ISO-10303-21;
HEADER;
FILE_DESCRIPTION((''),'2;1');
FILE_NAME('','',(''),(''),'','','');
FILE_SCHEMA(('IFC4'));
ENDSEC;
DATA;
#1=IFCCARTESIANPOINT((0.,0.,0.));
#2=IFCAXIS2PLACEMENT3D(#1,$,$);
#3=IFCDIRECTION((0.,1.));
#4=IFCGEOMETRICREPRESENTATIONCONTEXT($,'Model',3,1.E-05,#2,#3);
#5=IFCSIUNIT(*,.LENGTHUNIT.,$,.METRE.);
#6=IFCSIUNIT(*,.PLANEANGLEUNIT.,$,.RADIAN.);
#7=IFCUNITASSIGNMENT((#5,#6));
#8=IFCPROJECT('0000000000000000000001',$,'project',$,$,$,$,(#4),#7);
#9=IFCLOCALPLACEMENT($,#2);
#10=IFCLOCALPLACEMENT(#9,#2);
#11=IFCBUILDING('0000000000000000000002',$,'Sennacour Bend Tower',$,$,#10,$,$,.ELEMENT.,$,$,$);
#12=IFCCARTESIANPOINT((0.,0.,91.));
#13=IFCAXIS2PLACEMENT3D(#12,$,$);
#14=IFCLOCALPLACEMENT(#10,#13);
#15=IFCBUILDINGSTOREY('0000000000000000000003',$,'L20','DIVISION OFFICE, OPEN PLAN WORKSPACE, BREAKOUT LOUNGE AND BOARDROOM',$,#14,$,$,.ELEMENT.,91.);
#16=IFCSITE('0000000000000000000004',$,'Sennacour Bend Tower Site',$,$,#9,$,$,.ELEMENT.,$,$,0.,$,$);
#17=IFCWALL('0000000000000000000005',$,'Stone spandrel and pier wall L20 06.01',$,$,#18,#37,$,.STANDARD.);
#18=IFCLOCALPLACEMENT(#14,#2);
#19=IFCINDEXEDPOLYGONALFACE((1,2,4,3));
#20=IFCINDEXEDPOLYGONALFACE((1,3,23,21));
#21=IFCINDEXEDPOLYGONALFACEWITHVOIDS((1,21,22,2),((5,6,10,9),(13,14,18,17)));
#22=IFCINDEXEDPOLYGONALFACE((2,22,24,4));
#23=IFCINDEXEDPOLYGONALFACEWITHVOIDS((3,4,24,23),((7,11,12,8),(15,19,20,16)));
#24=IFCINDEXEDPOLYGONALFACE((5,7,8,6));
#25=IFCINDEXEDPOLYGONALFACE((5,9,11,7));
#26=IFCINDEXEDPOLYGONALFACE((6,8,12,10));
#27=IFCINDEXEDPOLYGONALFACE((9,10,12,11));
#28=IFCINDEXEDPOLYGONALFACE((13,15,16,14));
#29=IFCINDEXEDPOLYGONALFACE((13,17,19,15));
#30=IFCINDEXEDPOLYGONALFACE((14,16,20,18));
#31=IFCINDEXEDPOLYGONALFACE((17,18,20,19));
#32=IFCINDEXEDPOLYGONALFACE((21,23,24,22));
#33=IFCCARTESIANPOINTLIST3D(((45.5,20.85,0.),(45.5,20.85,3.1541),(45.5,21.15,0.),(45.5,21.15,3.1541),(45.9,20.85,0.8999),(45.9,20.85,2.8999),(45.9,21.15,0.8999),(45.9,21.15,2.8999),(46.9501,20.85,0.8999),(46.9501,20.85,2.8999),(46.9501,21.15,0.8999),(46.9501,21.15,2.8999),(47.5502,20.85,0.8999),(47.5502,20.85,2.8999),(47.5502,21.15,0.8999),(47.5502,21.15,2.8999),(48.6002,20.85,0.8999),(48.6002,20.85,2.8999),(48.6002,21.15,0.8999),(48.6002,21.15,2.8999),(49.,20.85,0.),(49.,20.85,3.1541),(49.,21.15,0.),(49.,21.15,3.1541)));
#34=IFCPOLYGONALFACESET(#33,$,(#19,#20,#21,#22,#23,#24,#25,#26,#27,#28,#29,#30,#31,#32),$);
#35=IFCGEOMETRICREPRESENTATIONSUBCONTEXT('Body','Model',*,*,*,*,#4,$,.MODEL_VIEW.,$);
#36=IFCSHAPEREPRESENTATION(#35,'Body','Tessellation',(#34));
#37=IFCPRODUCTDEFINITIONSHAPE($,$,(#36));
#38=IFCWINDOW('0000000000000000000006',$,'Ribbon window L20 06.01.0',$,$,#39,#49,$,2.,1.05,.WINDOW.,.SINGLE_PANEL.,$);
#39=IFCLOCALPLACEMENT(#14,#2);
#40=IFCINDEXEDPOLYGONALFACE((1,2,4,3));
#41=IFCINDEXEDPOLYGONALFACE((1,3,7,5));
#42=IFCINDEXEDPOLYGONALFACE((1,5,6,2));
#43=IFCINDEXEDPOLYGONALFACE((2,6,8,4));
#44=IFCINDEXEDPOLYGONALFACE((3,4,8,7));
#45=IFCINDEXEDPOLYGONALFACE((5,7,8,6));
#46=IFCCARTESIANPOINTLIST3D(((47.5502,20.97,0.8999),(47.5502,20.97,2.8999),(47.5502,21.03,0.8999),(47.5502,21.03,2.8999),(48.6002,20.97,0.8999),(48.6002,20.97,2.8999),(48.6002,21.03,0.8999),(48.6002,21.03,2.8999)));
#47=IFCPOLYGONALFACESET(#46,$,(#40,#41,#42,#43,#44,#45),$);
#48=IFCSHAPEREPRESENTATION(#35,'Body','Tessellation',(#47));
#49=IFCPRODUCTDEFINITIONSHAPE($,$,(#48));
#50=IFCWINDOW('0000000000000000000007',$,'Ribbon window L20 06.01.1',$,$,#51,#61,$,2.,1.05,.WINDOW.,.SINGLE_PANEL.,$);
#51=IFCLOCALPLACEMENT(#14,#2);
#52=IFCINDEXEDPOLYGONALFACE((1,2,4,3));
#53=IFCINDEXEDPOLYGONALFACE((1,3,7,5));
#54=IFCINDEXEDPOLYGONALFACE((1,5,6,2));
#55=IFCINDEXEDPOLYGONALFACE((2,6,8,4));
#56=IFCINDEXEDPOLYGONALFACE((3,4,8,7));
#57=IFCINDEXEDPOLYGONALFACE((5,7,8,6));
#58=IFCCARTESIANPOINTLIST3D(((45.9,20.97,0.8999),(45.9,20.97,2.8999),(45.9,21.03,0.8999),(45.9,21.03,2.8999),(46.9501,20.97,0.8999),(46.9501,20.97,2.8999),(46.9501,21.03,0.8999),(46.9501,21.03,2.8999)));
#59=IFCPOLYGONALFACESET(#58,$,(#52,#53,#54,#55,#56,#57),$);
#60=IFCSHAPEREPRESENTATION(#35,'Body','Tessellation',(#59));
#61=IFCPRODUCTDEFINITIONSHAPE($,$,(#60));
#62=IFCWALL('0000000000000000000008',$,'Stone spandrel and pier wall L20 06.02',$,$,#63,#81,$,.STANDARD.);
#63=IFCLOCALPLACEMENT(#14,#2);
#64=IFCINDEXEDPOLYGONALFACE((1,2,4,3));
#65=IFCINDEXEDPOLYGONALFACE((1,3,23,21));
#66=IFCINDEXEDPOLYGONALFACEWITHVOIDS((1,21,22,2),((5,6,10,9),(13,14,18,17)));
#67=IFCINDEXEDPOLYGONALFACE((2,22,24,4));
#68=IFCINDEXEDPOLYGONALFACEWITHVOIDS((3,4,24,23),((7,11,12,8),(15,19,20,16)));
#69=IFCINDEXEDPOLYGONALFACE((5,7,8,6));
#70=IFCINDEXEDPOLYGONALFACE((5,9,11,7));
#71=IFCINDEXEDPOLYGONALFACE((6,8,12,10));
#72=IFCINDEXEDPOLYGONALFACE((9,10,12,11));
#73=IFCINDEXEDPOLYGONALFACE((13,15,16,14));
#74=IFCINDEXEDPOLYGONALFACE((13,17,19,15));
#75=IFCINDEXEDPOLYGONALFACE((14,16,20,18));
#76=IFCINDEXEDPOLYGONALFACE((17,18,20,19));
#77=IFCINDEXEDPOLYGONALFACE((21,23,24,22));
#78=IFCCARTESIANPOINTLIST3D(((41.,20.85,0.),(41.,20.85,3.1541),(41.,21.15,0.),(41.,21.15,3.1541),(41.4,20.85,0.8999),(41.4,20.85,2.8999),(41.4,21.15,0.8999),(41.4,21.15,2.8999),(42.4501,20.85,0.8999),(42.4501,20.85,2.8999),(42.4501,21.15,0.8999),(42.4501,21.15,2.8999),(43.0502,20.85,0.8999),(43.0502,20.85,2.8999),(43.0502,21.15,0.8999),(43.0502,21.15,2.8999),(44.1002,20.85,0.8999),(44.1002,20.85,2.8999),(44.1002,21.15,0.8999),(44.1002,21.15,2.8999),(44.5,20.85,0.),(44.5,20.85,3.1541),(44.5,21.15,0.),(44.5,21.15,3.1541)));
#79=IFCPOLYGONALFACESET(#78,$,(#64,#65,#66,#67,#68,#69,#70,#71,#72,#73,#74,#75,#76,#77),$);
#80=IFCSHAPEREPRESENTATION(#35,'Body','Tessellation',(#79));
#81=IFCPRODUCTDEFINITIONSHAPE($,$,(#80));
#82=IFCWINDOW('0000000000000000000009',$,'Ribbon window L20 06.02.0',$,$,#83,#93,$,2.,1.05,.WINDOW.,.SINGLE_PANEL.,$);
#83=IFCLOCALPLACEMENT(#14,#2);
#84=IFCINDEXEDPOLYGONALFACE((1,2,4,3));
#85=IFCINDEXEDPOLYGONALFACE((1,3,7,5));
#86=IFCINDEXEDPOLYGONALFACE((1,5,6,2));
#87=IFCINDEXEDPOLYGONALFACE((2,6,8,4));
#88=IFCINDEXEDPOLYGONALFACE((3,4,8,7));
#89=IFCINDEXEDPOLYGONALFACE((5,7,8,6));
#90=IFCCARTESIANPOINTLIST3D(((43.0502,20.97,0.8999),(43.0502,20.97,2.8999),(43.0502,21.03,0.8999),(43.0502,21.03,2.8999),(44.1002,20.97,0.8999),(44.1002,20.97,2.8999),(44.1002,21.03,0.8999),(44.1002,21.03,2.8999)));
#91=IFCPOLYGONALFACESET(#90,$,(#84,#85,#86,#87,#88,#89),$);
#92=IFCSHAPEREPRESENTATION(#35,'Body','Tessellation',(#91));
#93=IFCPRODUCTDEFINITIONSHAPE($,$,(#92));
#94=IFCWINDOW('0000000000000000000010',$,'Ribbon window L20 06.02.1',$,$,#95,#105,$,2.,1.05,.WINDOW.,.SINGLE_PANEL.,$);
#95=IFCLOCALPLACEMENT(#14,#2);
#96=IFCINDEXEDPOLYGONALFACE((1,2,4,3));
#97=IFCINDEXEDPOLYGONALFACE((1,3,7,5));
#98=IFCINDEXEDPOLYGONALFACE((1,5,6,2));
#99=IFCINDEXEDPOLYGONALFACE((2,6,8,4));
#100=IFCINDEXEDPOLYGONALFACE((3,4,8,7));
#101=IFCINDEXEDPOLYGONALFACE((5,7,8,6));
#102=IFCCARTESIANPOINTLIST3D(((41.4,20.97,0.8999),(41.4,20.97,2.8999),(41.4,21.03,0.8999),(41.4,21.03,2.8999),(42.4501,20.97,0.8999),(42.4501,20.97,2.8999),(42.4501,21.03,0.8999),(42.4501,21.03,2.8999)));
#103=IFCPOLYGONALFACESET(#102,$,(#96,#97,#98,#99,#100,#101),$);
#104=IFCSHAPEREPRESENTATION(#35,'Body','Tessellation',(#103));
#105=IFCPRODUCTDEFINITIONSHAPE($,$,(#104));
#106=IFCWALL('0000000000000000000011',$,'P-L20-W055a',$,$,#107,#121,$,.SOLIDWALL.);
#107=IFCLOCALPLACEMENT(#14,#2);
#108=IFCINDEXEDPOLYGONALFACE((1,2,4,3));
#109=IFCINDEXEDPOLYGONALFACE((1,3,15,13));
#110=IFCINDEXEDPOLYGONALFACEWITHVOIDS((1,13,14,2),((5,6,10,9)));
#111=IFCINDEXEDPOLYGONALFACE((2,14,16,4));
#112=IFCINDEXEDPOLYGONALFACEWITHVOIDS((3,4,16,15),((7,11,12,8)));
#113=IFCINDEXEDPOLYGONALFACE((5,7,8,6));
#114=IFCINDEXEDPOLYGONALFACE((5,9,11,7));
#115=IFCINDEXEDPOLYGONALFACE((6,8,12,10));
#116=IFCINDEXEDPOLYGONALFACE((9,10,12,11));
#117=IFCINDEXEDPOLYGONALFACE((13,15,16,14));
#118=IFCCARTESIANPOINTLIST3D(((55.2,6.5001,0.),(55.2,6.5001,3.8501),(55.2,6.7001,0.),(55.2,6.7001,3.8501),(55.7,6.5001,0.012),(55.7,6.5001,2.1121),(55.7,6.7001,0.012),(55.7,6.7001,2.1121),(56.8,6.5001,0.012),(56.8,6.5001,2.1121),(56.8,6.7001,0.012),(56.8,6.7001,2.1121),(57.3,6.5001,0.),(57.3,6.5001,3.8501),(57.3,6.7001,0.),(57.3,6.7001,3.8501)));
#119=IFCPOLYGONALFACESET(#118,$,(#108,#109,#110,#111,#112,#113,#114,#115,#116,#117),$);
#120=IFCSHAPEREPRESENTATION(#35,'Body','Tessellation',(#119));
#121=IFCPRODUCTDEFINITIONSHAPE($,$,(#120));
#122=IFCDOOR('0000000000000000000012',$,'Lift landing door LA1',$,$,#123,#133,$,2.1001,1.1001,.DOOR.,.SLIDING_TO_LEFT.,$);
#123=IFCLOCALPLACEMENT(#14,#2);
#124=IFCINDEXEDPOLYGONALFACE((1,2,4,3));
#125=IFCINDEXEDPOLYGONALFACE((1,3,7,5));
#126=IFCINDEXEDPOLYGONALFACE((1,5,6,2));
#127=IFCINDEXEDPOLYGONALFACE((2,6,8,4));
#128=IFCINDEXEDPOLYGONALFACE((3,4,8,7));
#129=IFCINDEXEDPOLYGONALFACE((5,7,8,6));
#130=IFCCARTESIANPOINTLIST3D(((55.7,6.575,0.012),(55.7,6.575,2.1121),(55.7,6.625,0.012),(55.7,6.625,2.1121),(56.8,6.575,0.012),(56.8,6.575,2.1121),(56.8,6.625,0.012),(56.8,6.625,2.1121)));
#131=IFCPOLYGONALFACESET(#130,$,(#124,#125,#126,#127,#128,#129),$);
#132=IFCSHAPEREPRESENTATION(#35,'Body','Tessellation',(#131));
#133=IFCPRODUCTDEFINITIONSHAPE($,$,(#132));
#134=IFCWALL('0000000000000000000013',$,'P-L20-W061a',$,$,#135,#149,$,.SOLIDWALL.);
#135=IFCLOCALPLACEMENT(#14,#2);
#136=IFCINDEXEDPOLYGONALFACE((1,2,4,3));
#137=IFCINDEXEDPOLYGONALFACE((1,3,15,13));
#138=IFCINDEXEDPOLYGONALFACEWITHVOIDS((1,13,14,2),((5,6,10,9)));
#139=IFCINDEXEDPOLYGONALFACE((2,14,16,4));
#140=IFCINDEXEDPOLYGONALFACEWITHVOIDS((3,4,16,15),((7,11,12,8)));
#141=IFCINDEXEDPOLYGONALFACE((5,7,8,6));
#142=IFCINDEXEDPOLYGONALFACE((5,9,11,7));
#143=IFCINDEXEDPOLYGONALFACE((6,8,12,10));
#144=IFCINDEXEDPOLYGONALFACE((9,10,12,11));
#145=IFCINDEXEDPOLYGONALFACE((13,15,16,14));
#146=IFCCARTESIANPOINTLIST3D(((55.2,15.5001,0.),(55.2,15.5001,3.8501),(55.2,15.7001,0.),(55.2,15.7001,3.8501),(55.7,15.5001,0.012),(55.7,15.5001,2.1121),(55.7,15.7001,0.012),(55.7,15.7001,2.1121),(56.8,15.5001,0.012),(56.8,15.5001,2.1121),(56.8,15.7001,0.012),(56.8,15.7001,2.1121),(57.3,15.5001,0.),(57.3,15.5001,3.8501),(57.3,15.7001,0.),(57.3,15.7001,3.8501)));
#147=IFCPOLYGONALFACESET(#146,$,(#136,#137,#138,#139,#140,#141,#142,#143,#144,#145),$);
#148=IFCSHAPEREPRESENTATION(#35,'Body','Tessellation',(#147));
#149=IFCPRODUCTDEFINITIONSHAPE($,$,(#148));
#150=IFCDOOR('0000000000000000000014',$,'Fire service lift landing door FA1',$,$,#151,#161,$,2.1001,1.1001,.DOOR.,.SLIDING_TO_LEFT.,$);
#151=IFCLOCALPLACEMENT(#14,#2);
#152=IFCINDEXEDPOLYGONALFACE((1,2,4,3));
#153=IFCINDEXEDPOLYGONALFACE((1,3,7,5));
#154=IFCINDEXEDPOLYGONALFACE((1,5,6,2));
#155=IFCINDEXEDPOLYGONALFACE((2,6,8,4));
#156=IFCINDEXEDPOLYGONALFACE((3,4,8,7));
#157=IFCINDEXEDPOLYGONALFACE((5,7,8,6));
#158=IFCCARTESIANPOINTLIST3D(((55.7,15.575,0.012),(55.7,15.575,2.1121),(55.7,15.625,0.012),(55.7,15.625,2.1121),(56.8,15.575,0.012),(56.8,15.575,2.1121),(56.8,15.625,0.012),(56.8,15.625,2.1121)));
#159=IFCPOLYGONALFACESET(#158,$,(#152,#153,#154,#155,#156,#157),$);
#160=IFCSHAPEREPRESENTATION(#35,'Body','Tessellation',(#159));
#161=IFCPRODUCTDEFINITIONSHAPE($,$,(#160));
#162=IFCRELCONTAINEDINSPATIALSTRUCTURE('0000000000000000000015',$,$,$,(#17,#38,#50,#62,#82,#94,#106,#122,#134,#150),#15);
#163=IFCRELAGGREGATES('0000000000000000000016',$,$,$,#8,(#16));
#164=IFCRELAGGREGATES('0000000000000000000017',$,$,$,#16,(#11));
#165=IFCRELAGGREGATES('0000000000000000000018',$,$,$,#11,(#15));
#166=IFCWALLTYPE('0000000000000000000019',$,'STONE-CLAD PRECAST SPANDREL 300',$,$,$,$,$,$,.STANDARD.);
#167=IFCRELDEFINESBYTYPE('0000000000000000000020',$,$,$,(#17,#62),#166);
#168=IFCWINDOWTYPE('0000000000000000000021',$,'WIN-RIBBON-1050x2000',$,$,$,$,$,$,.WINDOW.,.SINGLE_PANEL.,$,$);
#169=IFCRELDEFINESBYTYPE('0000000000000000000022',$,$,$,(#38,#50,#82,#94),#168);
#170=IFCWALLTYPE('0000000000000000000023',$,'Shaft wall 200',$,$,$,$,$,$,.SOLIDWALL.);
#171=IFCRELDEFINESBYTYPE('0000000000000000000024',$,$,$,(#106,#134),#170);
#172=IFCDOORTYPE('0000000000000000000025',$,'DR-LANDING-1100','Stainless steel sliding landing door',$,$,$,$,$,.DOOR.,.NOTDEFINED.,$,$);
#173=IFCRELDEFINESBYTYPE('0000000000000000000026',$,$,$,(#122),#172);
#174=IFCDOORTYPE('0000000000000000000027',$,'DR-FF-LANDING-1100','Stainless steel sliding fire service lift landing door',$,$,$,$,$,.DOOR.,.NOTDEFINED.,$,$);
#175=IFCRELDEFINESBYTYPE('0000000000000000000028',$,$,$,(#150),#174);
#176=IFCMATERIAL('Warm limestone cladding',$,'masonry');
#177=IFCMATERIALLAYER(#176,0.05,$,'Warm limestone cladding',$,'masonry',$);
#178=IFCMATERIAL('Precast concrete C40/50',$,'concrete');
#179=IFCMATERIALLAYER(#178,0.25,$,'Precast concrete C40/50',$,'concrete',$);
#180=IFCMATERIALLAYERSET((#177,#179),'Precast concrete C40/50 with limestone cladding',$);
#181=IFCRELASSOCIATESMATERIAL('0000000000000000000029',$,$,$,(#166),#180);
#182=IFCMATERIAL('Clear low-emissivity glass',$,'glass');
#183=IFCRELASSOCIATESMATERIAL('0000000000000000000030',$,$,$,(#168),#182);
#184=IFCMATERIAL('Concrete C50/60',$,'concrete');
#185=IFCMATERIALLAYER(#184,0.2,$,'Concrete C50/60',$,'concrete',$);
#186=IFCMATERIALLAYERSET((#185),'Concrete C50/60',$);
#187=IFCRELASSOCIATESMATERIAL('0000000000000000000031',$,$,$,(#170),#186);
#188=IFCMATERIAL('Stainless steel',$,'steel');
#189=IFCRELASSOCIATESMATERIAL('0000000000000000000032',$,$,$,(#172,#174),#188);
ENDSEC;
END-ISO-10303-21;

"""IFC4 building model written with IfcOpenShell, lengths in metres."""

from ifc_helpers import new_model, si_unit, direction, frame, frame_2d, origin, place, context, subcontext, project, spatial, rectangle, extrude, material, layer, layer_set, type_object, element, fill, save


model = new_model("IFC4")

# Units and contexts
model_context = context("Model", 3, precision=1e-05, world=origin(), true_north=direction((0.0, 1.0)))
body_context = subcontext(model_context, "Body", "Model", "MODEL_VIEW")
ifc_project = project(units=[si_unit("LENGTHUNIT", "METRE"), si_unit("PLANEANGLEUNIT", "RADIAN")], contexts=[model_context])

# Site, building, storey
site_placement = place(None, origin())
site = spatial("IfcSite", under=ifc_project, at=site_placement, Name="Sennacour Bend Tower Site", CompositionType="ELEMENT", RefElevation=0.0)
building_placement = place(site_placement, origin())
building = spatial("IfcBuilding", under=site, at=building_placement, Name="Sennacour Bend Tower", CompositionType="ELEMENT")
storey_placement = place(building_placement, frame((0.0, 0.0, 91.0)))
storey = spatial("IfcBuildingStorey", under=building, at=storey_placement, Name="L20", Description="DIVISION OFFICE, OPEN PLAN WORKSPACE, BREAKOUT LOUNGE AND BOARDROOM", CompositionType="ELEMENT", Elevation=91.0)

# Walls, openings, windows
ifc_material_1 = material(Name="Warm limestone cladding", Category="masonry")
ifc_layer_1 = layer(ifc_material_1, 0.05, Name="Warm limestone cladding", Category="masonry")
ifc_material_2 = material(Name="Precast concrete C40/50", Category="concrete")
ifc_layer_2 = layer(ifc_material_2, 0.25, Name="Precast concrete C40/50", Category="concrete")
ifc_layer_set_1 = layer_set([ifc_layer_1, ifc_layer_2], Name="Precast concrete C40/50 with limestone cladding")
wall_type_1 = type_object("IfcWallType", Name="STONE-CLAD PRECAST SPANDREL 300", PredefinedType="STANDARD", material=ifc_layer_set_1)
ifc_material_3 = material(Name="Clear low-emissivity glass", Category="glass")
window_type_1 = type_object("IfcWindowType", Name="WIN-RIBBON-1050x2000", PartitioningType="SINGLE_PANEL", PredefinedType="WINDOW", material=ifc_material_3)
wall_1_placement = place(storey_placement, frame((49.0, 21.0, 0.0), z_axis=(0.0, 0.0, 1.0), x_axis=(-1.0, 0.0, 0.0)))
wall_1 = element("IfcWall", 1, at=wall_1_placement, inside=storey, type_object=wall_type_1, Name="Stone spandrel and pier wall L20 06.01", PredefinedType="STANDARD", context=body_context, shape_type="SweptSolid", body=[
    extrude(rectangle(XDim=3.5, YDim=0.3, at=frame_2d((1.75, 0.0))), origin(), (0.0, 0.0, 1.0), 3.1541),
])
opening_1_placement = place(wall_1_placement, frame((0.3999, 0.0, 0.8999)))
opening_1 = element("IfcOpeningElement", 2, at=opening_1_placement, cuts=wall_1, PredefinedType="OPENING", context=body_context, shape_type="SweptSolid", body=[
    extrude(rectangle(XDim=1.05, YDim=2.0, at=frame_2d((0.5249, 1.0))), frame((0.0, 0.1602, 0.0), z_axis=(0.0, -1.0, 0.0), x_axis=(1.0, 0.0, 0.0)), (0.0, 0.0, 1.0), 0.3201),
])
opening_2_placement = place(wall_1_placement, frame((2.05, 0.0, 0.8999)))
opening_2 = element("IfcOpeningElement", 3, at=opening_2_placement, cuts=wall_1, PredefinedType="OPENING", context=body_context, shape_type="SweptSolid", body=[
    extrude(rectangle(XDim=1.05, YDim=2.0, at=frame_2d((0.5249, 1.0))), frame((0.0, 0.1602, 0.0), z_axis=(0.0, -1.0, 0.0), x_axis=(1.0, 0.0, 0.0)), (0.0, 0.0, 1.0), 0.3201),
])
window_1_placement = place(opening_1_placement, origin())
window_1 = element("IfcWindow", 4, at=window_1_placement, inside=storey, type_object=window_type_1, Name="Ribbon window L20 06.01.0", OverallHeight=2.0, OverallWidth=1.05, PartitioningType="SINGLE_PANEL", PredefinedType="WINDOW", context=body_context, shape_type="SweptSolid", body=[
    extrude(rectangle(XDim=1.05, YDim=2.0, at=frame_2d((0.5249, 1.0))), frame((0.0, 0.03, 0.0), z_axis=(0.0, -1.0, 0.0), x_axis=(1.0, 0.0, 0.0)), (0.0, 0.0, 1.0), 0.0601),
])
fill(opening_1, window_1)
window_2_placement = place(opening_2_placement, origin())
window_2 = element("IfcWindow", 5, at=window_2_placement, inside=storey, type_object=window_type_1, Name="Ribbon window L20 06.01.1", OverallHeight=2.0, OverallWidth=1.05, PartitioningType="SINGLE_PANEL", PredefinedType="WINDOW", context=body_context, shape_type="SweptSolid", body=[
    extrude(rectangle(XDim=1.05, YDim=2.0, at=frame_2d((0.5249, 1.0))), frame((0.0, 0.03, 0.0), z_axis=(0.0, -1.0, 0.0), x_axis=(1.0, 0.0, 0.0)), (0.0, 0.0, 1.0), 0.0601),
])
fill(opening_2, window_2)
wall_2_placement = place(storey_placement, frame((44.5, 21.0, 0.0), z_axis=(0.0, 0.0, 1.0), x_axis=(-1.0, 0.0, 0.0)))
wall_2 = element("IfcWall", 6, at=wall_2_placement, inside=storey, type_object=wall_type_1, Name="Stone spandrel and pier wall L20 06.02", PredefinedType="STANDARD", context=body_context, shape_type="SweptSolid", body=[
    extrude(rectangle(XDim=3.5, YDim=0.3, at=frame_2d((1.75, 0.0))), origin(), (0.0, 0.0, 1.0), 3.1541),
])
opening_3_placement = place(wall_2_placement, frame((0.3999, 0.0, 0.8999)))
opening_3 = element("IfcOpeningElement", 7, at=opening_3_placement, cuts=wall_2, PredefinedType="OPENING", context=body_context, shape_type="SweptSolid", body=[
    extrude(rectangle(XDim=1.05, YDim=2.0, at=frame_2d((0.5249, 1.0))), frame((0.0, 0.1602, 0.0), z_axis=(0.0, -1.0, 0.0), x_axis=(1.0, 0.0, 0.0)), (0.0, 0.0, 1.0), 0.3201),
])
opening_4_placement = place(wall_2_placement, frame((2.05, 0.0, 0.8999)))
opening_4 = element("IfcOpeningElement", 8, at=opening_4_placement, cuts=wall_2, PredefinedType="OPENING", context=body_context, shape_type="SweptSolid", body=[
    extrude(rectangle(XDim=1.05, YDim=2.0, at=frame_2d((0.5249, 1.0))), frame((0.0, 0.1602, 0.0), z_axis=(0.0, -1.0, 0.0), x_axis=(1.0, 0.0, 0.0)), (0.0, 0.0, 1.0), 0.3201),
])
window_3_placement = place(opening_3_placement, origin())
window_3 = element("IfcWindow", 9, at=window_3_placement, inside=storey, type_object=window_type_1, Name="Ribbon window L20 06.02.0", OverallHeight=2.0, OverallWidth=1.05, PartitioningType="SINGLE_PANEL", PredefinedType="WINDOW", context=body_context, shape_type="SweptSolid", body=[
    extrude(rectangle(XDim=1.05, YDim=2.0, at=frame_2d((0.5249, 1.0))), frame((0.0, 0.03, 0.0), z_axis=(0.0, -1.0, 0.0), x_axis=(1.0, 0.0, 0.0)), (0.0, 0.0, 1.0), 0.0601),
])
fill(opening_3, window_3)
window_4_placement = place(opening_4_placement, origin())
window_4 = element("IfcWindow", 10, at=window_4_placement, inside=storey, type_object=window_type_1, Name="Ribbon window L20 06.02.1", OverallHeight=2.0, OverallWidth=1.05, PartitioningType="SINGLE_PANEL", PredefinedType="WINDOW", context=body_context, shape_type="SweptSolid", body=[
    extrude(rectangle(XDim=1.05, YDim=2.0, at=frame_2d((0.5249, 1.0))), frame((0.0, 0.03, 0.0), z_axis=(0.0, -1.0, 0.0), x_axis=(1.0, 0.0, 0.0)), (0.0, 0.0, 1.0), 0.0601),
])
fill(opening_4, window_4)

# Walls, openings, doors
ifc_material_4 = material(Name="Concrete C50/60", Category="concrete")
ifc_layer_3 = layer(ifc_material_4, 0.2, Name="Concrete C50/60", Category="concrete")
ifc_layer_set_2 = layer_set([ifc_layer_3], Name="Concrete C50/60")
wall_type_2 = type_object("IfcWallType", Name="Shaft wall 200", PredefinedType="SOLIDWALL", material=ifc_layer_set_2)
wall_3_placement = place(storey_placement, frame((55.2, 6.6001, 0.0), z_axis=(0.0, 0.0, 1.0), x_axis=(1.0, 0.0, 0.0)))
wall_3 = element("IfcWall", 11, at=wall_3_placement, inside=storey, type_object=wall_type_2, Name="P-L20-W055a", PredefinedType="SOLIDWALL", context=body_context, shape_type="SweptSolid", body=[
    extrude(rectangle(XDim=2.1001, YDim=0.2, at=frame_2d((1.05, 0.0))), origin(), (0.0, 0.0, 1.0), 3.8501),
])
opening_5_placement = place(wall_3_placement, frame((0.5, 0.0, 0.012)))
opening_5 = element("IfcOpeningElement", 12, at=opening_5_placement, cuts=wall_3, PredefinedType="OPENING", context=body_context, shape_type="SweptSolid", body=[
    extrude(rectangle(XDim=1.1001, YDim=2.1001, at=frame_2d((0.55, 1.05))), frame((0.0, 0.1099, 0.0), z_axis=(0.0, -1.0, 0.0), x_axis=(1.0, 0.0, 0.0)), (0.0, 0.0, 1.0), 0.22),
])
ifc_material_5 = material(Name="Stainless steel", Category="steel")
door_type_1 = type_object("IfcDoorType", Name="DR-LANDING-1100", Description="Stainless steel sliding landing door", OperationType="NOTDEFINED", PredefinedType="DOOR", material=ifc_material_5)
door_1_placement = place(opening_5_placement, origin())
door_1 = element("IfcDoor", 13, at=door_1_placement, inside=storey, type_object=door_type_1, Name="Lift landing door LA1", OperationType="SLIDING_TO_LEFT", OverallHeight=2.1001, OverallWidth=1.1001, PredefinedType="DOOR", context=body_context, shape_type="SweptSolid", body=[
    extrude(rectangle(XDim=1.1001, YDim=2.1001, at=frame_2d((0.55, 1.05))), frame((0.0, 0.0249, 0.0), z_axis=(0.0, -1.0, 0.0), x_axis=(1.0, 0.0, 0.0)), (0.0, 0.0, 1.0), 0.05),
])
fill(opening_5, door_1)
wall_4_placement = place(storey_placement, frame((55.2, 15.6001, 0.0), z_axis=(0.0, 0.0, 1.0), x_axis=(1.0, 0.0, 0.0)))
wall_4 = element("IfcWall", 14, at=wall_4_placement, inside=storey, type_object=wall_type_2, Name="P-L20-W061a", PredefinedType="SOLIDWALL", context=body_context, shape_type="SweptSolid", body=[
    extrude(rectangle(XDim=2.1001, YDim=0.2, at=frame_2d((1.05, 0.0))), origin(), (0.0, 0.0, 1.0), 3.8501),
])
opening_6_placement = place(wall_4_placement, frame((0.5, 0.0, 0.012)))
opening_6 = element("IfcOpeningElement", 15, at=opening_6_placement, cuts=wall_4, PredefinedType="OPENING", context=body_context, shape_type="SweptSolid", body=[
    extrude(rectangle(XDim=1.1001, YDim=2.1001, at=frame_2d((0.55, 1.05))), frame((0.0, 0.1099, 0.0), z_axis=(0.0, -1.0, 0.0), x_axis=(1.0, 0.0, 0.0)), (0.0, 0.0, 1.0), 0.22),
])
door_type_2 = type_object("IfcDoorType", Name="DR-FF-LANDING-1100", Description="Stainless steel sliding fire service lift landing door", OperationType="NOTDEFINED", PredefinedType="DOOR", material=ifc_material_5)
door_2_placement = place(opening_6_placement, origin())
door_2 = element("IfcDoor", 16, at=door_2_placement, inside=storey, type_object=door_type_2, Name="Fire service lift landing door FA1", OperationType="SLIDING_TO_LEFT", OverallHeight=2.1001, OverallWidth=1.1001, PredefinedType="DOOR", context=body_context, shape_type="SweptSolid", body=[
    extrude(rectangle(XDim=1.1001, YDim=2.1001, at=frame_2d((0.55, 1.05))), frame((0.0, 0.0249, 0.0), z_axis=(0.0, -1.0, 0.0), x_axis=(1.0, 0.0, 0.0)), (0.0, 0.0, 1.0), 0.05),
])
fill(opening_6, door_2)

save(model, "model.ifc")
